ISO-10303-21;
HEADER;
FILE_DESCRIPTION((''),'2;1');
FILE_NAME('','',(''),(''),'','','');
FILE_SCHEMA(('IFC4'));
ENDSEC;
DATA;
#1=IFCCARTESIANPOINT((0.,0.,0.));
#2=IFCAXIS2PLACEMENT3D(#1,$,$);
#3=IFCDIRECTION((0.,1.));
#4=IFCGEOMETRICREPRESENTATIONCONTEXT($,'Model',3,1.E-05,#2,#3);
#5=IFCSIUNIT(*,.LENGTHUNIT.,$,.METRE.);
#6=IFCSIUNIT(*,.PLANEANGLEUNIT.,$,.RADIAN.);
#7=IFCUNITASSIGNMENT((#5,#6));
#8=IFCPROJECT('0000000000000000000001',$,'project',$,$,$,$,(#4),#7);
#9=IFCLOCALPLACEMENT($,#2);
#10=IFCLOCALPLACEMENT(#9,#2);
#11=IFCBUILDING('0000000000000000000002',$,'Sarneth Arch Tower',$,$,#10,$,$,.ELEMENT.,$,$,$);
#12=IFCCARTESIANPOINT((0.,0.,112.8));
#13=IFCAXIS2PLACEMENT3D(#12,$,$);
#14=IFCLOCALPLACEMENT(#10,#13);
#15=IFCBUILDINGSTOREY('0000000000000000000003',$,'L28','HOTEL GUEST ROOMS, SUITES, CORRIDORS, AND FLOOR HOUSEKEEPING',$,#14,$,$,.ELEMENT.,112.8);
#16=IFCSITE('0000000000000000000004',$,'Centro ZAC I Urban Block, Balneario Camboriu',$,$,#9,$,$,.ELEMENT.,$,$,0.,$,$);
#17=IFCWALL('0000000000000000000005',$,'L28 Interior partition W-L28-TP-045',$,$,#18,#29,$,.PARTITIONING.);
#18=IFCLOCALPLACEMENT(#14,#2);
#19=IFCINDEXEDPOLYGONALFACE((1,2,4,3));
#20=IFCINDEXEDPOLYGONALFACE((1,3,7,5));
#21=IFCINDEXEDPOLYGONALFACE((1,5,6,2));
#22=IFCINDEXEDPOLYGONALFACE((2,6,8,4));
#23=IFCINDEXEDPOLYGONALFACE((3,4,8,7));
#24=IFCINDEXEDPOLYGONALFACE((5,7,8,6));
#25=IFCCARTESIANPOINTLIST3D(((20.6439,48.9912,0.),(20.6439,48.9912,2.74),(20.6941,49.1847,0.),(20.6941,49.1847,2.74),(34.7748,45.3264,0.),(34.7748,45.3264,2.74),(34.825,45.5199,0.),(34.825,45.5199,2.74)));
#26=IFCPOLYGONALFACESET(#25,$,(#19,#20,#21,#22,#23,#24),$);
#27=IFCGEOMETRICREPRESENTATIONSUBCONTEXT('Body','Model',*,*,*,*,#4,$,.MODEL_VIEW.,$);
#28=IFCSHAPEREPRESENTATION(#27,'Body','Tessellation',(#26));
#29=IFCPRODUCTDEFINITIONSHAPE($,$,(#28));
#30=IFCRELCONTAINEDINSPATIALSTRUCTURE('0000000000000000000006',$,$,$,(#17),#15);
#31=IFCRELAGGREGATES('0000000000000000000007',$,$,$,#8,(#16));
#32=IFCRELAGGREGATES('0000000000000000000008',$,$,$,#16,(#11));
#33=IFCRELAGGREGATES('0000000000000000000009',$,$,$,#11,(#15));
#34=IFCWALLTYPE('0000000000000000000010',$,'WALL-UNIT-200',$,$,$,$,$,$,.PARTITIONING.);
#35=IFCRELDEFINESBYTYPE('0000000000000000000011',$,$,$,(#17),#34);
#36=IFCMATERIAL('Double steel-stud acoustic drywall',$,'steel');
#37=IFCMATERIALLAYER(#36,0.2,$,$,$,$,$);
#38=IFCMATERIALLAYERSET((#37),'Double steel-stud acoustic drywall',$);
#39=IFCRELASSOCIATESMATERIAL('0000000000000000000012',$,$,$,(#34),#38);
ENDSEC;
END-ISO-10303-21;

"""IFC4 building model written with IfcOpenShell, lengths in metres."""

from ifc_helpers import new_model, si_unit, direction, frame, frame_2d, origin, place, context, subcontext, project, spatial, rectangle, extrude, material, layer, layer_set, type_object, element, save


model = new_model("IFC4")

# Units and contexts
model_context = context("Model", 3, precision=1e-05, world=origin(), true_north=direction((0.0, 1.0)))
body_context = subcontext(model_context, "Body", "Model", "MODEL_VIEW")
ifc_project = project(units=[si_unit("LENGTHUNIT", "METRE"), si_unit("PLANEANGLEUNIT", "RADIAN")], contexts=[model_context])

# Site, building, storey
site_placement = place(None, origin())
site = spatial("IfcSite", under=ifc_project, at=site_placement, Name="Centro ZAC I Urban Block, Balneario Camboriu", CompositionType="ELEMENT", RefElevation=0.0)
building_placement = place(site_placement, origin())
building = spatial("IfcBuilding", under=site, at=building_placement, Name="Sarneth Arch Tower", CompositionType="ELEMENT")
storey_placement = place(building_placement, frame((0.0, 0.0, 112.8)))
storey = spatial("IfcBuildingStorey", under=building, at=storey_placement, Name="L28", Description="HOTEL GUEST ROOMS, SUITES, CORRIDORS, AND FLOOR HOUSEKEEPING", CompositionType="ELEMENT", Elevation=112.8)

# Wall
ifc_material_1 = material(Name="Double steel-stud acoustic drywall", Category="steel")
ifc_layer_1 = layer(ifc_material_1, 0.2)
ifc_layer_set_1 = layer_set([ifc_layer_1], Name="Double steel-stud acoustic drywall")
wall_type_1 = type_object("IfcWallType", Name="WALL-UNIT-200", PredefinedType="PARTITIONING", material=ifc_layer_set_1)
wall_1_placement = place(storey_placement, frame((34.8, 45.4231, 0.0), z_axis=(0.0, 0.0, 1.0), x_axis=(-0.967976, 0.251042, 0.0)))
element("IfcWall", 1, at=wall_1_placement, inside=storey, type_object=wall_type_1, Name="L28 Interior partition W-L28-TP-045", PredefinedType="PARTITIONING", context=body_context, shape_type="SweptSolid", body=[
    extrude(rectangle(XDim=14.5984, YDim=0.2, at=frame_2d((7.2993, 0.0))), origin(), (0.0, 0.0, 1.0), 2.74),
])

save(model, "model.ifc")
